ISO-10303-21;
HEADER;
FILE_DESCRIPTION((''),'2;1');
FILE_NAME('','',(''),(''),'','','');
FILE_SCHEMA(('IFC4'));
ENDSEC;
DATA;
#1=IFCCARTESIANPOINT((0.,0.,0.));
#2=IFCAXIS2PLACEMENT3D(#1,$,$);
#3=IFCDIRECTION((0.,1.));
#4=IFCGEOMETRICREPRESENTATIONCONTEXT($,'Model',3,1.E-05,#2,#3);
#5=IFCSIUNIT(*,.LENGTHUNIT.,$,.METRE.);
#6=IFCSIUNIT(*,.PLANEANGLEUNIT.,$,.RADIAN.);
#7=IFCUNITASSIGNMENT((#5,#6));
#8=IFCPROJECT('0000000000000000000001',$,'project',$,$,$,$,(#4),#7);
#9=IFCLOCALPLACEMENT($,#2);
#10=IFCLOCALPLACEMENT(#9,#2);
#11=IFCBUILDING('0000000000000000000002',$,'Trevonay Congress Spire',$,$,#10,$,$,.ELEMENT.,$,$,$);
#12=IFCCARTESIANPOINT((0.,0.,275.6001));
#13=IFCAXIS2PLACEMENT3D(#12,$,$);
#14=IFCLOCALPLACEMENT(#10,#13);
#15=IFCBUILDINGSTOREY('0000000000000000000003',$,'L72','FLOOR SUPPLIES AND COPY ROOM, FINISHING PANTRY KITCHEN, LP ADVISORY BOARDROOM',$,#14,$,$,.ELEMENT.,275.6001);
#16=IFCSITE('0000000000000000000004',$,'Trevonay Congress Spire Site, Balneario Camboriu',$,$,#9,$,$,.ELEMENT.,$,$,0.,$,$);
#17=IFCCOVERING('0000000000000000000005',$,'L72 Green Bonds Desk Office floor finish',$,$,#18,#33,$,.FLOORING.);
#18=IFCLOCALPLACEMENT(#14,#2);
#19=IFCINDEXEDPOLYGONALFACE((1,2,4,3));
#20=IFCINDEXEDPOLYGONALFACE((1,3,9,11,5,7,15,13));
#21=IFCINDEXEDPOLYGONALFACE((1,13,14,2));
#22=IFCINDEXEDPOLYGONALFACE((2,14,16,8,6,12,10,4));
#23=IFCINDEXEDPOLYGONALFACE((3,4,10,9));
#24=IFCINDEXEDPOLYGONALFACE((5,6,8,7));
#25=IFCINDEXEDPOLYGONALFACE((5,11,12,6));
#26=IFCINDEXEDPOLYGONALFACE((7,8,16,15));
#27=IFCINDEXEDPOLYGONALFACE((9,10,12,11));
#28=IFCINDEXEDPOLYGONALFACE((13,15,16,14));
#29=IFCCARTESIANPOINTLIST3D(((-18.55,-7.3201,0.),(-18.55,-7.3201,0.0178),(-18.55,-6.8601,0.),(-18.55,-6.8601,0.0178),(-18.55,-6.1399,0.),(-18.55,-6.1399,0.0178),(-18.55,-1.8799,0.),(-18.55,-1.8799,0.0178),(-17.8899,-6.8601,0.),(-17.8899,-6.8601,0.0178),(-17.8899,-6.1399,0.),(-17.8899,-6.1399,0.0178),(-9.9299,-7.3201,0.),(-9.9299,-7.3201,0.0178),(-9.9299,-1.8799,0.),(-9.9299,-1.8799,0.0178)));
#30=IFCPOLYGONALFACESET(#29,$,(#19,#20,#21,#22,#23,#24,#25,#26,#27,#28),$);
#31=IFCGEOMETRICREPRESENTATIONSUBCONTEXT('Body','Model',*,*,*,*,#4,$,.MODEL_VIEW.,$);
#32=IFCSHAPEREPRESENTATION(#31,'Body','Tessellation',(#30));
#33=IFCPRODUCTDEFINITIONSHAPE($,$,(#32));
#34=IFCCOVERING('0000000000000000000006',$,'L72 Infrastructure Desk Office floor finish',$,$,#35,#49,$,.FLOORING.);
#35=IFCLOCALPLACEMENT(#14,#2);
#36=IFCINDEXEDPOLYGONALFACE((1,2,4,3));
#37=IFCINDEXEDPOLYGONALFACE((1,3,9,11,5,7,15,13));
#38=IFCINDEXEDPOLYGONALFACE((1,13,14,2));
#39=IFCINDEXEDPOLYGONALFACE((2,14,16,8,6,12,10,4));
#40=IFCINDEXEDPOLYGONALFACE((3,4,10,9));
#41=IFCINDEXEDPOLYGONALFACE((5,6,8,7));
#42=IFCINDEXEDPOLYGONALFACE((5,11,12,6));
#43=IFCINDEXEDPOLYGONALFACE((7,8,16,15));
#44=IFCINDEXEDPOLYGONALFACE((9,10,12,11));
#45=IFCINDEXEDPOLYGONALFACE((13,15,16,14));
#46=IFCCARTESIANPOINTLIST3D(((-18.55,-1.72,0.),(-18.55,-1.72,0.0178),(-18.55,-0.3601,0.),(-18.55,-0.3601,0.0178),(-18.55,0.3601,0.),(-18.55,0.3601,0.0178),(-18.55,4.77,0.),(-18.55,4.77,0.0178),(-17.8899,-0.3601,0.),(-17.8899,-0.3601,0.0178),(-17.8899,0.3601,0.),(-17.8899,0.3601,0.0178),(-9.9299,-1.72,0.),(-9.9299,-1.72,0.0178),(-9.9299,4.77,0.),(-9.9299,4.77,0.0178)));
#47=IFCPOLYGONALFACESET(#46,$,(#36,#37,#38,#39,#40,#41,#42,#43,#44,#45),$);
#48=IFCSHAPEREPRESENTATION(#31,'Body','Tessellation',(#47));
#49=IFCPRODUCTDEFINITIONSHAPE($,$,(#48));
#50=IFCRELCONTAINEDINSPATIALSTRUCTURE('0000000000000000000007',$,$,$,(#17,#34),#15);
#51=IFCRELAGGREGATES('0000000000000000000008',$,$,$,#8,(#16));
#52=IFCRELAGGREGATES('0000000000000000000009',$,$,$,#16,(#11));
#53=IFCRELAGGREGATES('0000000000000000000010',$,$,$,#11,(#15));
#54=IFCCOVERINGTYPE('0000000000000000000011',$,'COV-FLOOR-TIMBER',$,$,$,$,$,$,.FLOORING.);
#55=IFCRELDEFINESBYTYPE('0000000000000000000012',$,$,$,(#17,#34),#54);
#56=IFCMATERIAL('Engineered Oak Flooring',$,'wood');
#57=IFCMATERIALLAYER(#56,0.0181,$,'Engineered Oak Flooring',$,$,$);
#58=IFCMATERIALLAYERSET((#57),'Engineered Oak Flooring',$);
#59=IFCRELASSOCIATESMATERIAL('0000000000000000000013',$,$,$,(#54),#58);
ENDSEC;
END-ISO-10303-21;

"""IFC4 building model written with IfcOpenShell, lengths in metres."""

from ifc_helpers import new_model, si_unit, direction, frame, origin, place, context, subcontext, project, spatial, polyline, outline, extrude, material, layer, layer_set, type_object, element, save


model = new_model("IFC4")

# Units and contexts
model_context = context("Model", 3, precision=1e-05, world=origin(), true_north=direction((0.0, 1.0)))
body_context = subcontext(model_context, "Body", "Model", "MODEL_VIEW")
ifc_project = project(units=[si_unit("LENGTHUNIT", "METRE"), si_unit("PLANEANGLEUNIT", "RADIAN")], contexts=[model_context])

# Site, building, storey
site_placement = place(None, origin())
site = spatial("IfcSite", under=ifc_project, at=site_placement, Name="Trevonay Congress Spire Site, Balneario Camboriu", CompositionType="ELEMENT", RefElevation=0.0)
building_placement = place(site_placement, origin())
building = spatial("IfcBuilding", under=site, at=building_placement, Name="Trevonay Congress Spire", CompositionType="ELEMENT")
storey_placement = place(building_placement, frame((0.0, 0.0, 275.6001)))
storey = spatial("IfcBuildingStorey", under=building, at=storey_placement, Name="L72", Description="FLOOR SUPPLIES AND COPY ROOM, FINISHING PANTRY KITCHEN, LP ADVISORY BOARDROOM", CompositionType="ELEMENT", Elevation=275.6001)

# Coverings
ifc_material_1 = material(Name="Engineered Oak Flooring", Category="wood")
ifc_layer_1 = layer(ifc_material_1, 0.0181, Name="Engineered Oak Flooring")
ifc_layer_set_1 = layer_set([ifc_layer_1], Name="Engineered Oak Flooring")
covering_type_1 = type_object("IfcCoveringType", Name="COV-FLOOR-TIMBER", PredefinedType="FLOORING", material=ifc_layer_set_1)
covering_1_placement = place(storey_placement, origin())
element("IfcCovering", 1, at=covering_1_placement, inside=storey, type_object=covering_type_1, Name="L72 Green Bonds Desk Office floor finish", PredefinedType="FLOORING", context=body_context, shape_type="SweptSolid", body=[
    extrude(outline(polyline([(-18.55, -1.8799), (-9.9299, -1.8799), (-9.9299, -7.3201), (-18.55, -7.3201), (-18.55, -6.8601), (-17.8899, -6.8601), (-17.8899, -6.1399), (-18.55, -6.1399), (-18.55, -1.8799)])), origin(), (0.0, 0.0, 1.0), 0.0178),
])
covering_2_placement = place(storey_placement, origin())
element("IfcCovering", 2, at=covering_2_placement, inside=storey, type_object=covering_type_1, Name="L72 Infrastructure Desk Office floor finish", PredefinedType="FLOORING", context=body_context, shape_type="SweptSolid", body=[
    extrude(outline(polyline([(-18.55, 4.77), (-9.9299, 4.77), (-9.9299, -1.72), (-18.55, -1.72), (-18.55, -0.3601), (-17.8899, -0.3601), (-17.8899, 0.3601), (-18.55, 0.3601), (-18.55, 4.77)])), origin(), (0.0, 0.0, 1.0), 0.0178),
])

save(model, "model.ifc")
